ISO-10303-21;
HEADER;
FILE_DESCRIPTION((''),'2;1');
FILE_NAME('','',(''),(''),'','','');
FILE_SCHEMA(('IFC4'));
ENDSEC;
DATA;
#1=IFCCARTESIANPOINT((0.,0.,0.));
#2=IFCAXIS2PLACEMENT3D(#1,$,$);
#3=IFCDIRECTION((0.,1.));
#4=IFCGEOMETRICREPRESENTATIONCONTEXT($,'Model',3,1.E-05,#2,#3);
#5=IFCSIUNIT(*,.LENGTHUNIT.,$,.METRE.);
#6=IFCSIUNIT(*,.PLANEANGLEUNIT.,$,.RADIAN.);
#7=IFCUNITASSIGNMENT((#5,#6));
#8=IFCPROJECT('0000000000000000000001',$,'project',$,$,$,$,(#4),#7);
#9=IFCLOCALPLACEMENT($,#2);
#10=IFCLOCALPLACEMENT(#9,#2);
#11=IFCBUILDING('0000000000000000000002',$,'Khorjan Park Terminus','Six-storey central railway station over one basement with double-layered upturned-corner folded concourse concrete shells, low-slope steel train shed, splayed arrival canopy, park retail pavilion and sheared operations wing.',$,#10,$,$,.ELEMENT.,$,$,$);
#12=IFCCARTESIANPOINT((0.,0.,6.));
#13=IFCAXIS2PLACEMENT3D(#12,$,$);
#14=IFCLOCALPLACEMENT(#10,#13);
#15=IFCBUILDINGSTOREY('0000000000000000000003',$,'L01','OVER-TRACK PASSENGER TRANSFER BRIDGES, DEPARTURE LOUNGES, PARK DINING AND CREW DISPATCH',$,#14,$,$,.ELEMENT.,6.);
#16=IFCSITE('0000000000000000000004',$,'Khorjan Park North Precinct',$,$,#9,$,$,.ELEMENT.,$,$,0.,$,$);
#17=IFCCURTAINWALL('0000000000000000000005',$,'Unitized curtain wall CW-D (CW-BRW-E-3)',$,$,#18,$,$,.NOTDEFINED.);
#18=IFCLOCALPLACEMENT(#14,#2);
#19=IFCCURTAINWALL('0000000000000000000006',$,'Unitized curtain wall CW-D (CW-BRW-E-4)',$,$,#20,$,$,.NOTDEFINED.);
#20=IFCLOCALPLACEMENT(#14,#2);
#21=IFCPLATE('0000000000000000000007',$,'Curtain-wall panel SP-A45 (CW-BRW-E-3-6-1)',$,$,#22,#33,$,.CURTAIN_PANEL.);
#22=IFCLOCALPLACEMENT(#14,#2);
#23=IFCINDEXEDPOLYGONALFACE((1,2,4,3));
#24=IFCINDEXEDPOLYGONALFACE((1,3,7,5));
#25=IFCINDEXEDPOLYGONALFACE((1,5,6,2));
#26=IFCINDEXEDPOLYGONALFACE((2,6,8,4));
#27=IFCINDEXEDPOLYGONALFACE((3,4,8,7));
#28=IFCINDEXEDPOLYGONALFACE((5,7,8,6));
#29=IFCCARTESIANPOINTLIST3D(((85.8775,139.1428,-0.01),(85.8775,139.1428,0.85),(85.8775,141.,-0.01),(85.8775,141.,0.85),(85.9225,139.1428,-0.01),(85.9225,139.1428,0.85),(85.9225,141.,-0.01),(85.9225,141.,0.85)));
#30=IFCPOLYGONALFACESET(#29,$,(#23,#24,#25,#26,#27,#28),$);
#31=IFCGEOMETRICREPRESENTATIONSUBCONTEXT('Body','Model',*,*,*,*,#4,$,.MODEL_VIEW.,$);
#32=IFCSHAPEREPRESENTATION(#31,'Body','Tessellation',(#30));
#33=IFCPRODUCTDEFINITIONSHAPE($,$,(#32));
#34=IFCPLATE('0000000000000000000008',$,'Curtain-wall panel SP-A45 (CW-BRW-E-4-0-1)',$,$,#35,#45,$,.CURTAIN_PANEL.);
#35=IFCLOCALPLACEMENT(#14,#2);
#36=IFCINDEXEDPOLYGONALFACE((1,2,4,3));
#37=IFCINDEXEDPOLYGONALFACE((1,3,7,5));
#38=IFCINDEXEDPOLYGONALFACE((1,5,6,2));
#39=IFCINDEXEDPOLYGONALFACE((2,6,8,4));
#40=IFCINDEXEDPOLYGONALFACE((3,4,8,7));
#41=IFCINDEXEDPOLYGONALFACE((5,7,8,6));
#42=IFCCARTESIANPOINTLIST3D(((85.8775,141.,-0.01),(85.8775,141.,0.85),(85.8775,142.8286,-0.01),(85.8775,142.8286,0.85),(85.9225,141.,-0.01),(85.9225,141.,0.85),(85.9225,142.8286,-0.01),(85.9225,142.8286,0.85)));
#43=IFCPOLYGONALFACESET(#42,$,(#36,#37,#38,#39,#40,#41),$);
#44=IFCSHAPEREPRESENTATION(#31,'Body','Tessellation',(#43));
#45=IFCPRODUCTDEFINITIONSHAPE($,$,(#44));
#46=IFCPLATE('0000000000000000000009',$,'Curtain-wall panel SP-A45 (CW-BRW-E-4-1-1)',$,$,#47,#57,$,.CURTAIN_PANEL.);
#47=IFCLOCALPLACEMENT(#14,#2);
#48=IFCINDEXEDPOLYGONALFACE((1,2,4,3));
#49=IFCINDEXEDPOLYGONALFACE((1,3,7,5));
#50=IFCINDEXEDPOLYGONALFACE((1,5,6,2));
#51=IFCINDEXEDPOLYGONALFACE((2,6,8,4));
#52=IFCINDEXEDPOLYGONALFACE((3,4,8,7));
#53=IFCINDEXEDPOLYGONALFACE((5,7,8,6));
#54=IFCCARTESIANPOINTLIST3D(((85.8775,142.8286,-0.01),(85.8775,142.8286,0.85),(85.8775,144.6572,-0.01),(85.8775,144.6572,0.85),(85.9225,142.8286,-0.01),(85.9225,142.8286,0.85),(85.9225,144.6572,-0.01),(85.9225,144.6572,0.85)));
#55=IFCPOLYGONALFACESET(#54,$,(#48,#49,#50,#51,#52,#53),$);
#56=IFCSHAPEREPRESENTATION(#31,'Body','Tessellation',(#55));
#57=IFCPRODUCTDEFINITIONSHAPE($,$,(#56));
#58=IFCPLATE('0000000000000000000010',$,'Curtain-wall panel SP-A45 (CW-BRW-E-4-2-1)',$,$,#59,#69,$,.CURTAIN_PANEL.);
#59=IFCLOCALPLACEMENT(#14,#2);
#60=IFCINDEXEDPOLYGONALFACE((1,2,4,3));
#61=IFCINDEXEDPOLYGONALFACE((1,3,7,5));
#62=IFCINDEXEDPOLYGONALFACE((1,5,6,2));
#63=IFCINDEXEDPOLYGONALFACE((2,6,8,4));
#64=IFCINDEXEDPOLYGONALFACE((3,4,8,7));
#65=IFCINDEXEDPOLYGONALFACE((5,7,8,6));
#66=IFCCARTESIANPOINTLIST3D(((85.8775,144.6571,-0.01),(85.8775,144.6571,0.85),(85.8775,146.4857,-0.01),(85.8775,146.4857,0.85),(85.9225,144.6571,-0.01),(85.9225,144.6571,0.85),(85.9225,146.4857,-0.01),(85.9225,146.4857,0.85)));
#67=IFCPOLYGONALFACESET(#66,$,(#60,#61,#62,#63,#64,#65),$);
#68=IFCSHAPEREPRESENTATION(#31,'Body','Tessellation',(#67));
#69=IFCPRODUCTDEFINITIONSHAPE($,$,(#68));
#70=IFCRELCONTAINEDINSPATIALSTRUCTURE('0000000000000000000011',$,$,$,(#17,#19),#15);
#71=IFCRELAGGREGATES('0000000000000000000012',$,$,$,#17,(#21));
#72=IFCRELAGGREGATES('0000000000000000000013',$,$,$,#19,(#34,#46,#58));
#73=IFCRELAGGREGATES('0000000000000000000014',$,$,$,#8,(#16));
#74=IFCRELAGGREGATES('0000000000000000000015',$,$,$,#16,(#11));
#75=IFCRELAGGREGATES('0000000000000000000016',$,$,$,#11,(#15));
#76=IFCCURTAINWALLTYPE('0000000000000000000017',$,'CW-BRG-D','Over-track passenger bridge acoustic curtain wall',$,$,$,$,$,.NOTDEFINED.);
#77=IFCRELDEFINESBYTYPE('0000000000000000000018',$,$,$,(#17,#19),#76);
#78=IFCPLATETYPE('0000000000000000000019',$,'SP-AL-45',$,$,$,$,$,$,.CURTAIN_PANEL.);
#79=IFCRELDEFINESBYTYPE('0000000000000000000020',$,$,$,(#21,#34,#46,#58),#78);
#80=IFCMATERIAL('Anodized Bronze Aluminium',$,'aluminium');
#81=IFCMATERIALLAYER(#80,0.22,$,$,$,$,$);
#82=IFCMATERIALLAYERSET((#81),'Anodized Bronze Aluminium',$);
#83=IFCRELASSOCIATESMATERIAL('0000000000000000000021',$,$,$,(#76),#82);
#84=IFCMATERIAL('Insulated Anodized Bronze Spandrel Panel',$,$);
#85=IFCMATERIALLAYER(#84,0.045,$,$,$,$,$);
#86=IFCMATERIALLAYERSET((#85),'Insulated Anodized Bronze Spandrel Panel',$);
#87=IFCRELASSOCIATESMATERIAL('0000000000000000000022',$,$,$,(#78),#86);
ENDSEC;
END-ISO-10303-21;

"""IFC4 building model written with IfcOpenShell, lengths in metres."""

from ifc_helpers import new_model, si_unit, direction, frame, origin, origin_2d, place, context, subcontext, project, spatial, rectangle, extrude, material, layer, layer_set, type_object, element, aggregate, save


model = new_model("IFC4")

# Units and contexts
model_context = context("Model", 3, precision=1e-05, world=origin(), true_north=direction((0.0, 1.0)))
body_context = subcontext(model_context, "Body", "Model", "MODEL_VIEW")
ifc_project = project(units=[si_unit("LENGTHUNIT", "METRE"), si_unit("PLANEANGLEUNIT", "RADIAN")], contexts=[model_context])

# Site, building, storey
site_placement = place(None, origin())
site = spatial("IfcSite", under=ifc_project, at=site_placement, Name="Khorjan Park North Precinct", CompositionType="ELEMENT", RefElevation=0.0)
building_placement = place(site_placement, origin())
building = spatial("IfcBuilding", under=site, at=building_placement, Name="Khorjan Park Terminus", Description="Six-storey central railway station over one basement with double-layered upturned-corner folded concourse concrete shells, low-slope steel train shed, splayed arrival canopy, park retail pavilion and sheared operations wing.", CompositionType="ELEMENT")
storey_placement = place(building_placement, frame((0.0, 0.0, 6.0)))
storey = spatial("IfcBuildingStorey", under=building, at=storey_placement, Name="L01", Description="OVER-TRACK PASSENGER TRANSFER BRIDGES, DEPARTURE LOUNGES, PARK DINING AND CREW DISPATCH", CompositionType="ELEMENT", Elevation=6.0)

# Curtain walls
ifc_material_1 = material(Name="Anodized Bronze Aluminium", Category="aluminium")
ifc_layer_1 = layer(ifc_material_1, 0.22)
ifc_layer_set_1 = layer_set([ifc_layer_1], Name="Anodized Bronze Aluminium")
curtain_wall_type = type_object("IfcCurtainWallType", Name="CW-BRG-D", Description="Over-track passenger bridge acoustic curtain wall", PredefinedType="NOTDEFINED", material=ifc_layer_set_1)
curtain_wall_1_placement = place(storey_placement, origin())
curtain_wall_1 = element("IfcCurtainWall", 1, at=curtain_wall_1_placement, inside=storey, type_object=curtain_wall_type, Name="Unitized curtain wall CW-D (CW-BRW-E-3)", PredefinedType="NOTDEFINED")
curtain_wall_2_placement = place(storey_placement, origin())
curtain_wall_2 = element("IfcCurtainWall", 2, at=curtain_wall_2_placement, inside=storey, type_object=curtain_wall_type, Name="Unitized curtain wall CW-D (CW-BRW-E-4)", PredefinedType="NOTDEFINED")

# Plates
ifc_material_2 = material(Name="Insulated Anodized Bronze Spandrel Panel")
ifc_layer_2 = layer(ifc_material_2, 0.045)
ifc_layer_set_2 = layer_set([ifc_layer_2], Name="Insulated Anodized Bronze Spandrel Panel")
plate_type_1 = type_object("IfcPlateType", Name="SP-AL-45", PredefinedType="CURTAIN_PANEL", material=ifc_layer_set_2)
plate_1_placement = place(storey_placement, frame((85.9, 140.0714, -0.01), z_axis=(0.0, 0.0, 1.0), x_axis=(0.0, 1.0, 0.0)))
plate_1 = element("IfcPlate", 3, at=plate_1_placement, type_object=plate_type_1, Name="Curtain-wall panel SP-A45 (CW-BRW-E-3-6-1)", PredefinedType="CURTAIN_PANEL", context=body_context, shape_type="SweptSolid", body=[
    extrude(rectangle(XDim=1.8571, YDim=0.045, at=origin_2d()), origin(), (0.0, 0.0, 1.0), 0.86),
])
aggregate(curtain_wall_1, [plate_1])
plate_2_placement = place(storey_placement, frame((85.9, 141.9143, -0.01), z_axis=(0.0, 0.0, 1.0), x_axis=(0.0, 1.0, 0.0)))
plate_2 = element("IfcPlate", 4, at=plate_2_placement, type_object=plate_type_1, Name="Curtain-wall panel SP-A45 (CW-BRW-E-4-0-1)", PredefinedType="CURTAIN_PANEL", context=body_context, shape_type="SweptSolid", body=[
    extrude(rectangle(XDim=1.8286, YDim=0.045, at=origin_2d()), origin(), (0.0, 0.0, 1.0), 0.86),
])
plate_3_placement = place(storey_placement, frame((85.9, 143.7429, -0.01), z_axis=(0.0, 0.0, 1.0), x_axis=(0.0, 1.0, 0.0)))
plate_3 = element("IfcPlate", 5, at=plate_3_placement, type_object=plate_type_1, Name="Curtain-wall panel SP-A45 (CW-BRW-E-4-1-1)", PredefinedType="CURTAIN_PANEL", context=body_context, shape_type="SweptSolid", body=[
    extrude(rectangle(XDim=1.8286, YDim=0.045, at=origin_2d()), origin(), (0.0, 0.0, 1.0), 0.86),
])
plate_4_placement = place(storey_placement, frame((85.9, 145.5714, -0.01), z_axis=(0.0, 0.0, 1.0), x_axis=(0.0, 1.0, 0.0)))
plate_4 = element("IfcPlate", 6, at=plate_4_placement, type_object=plate_type_1, Name="Curtain-wall panel SP-A45 (CW-BRW-E-4-2-1)", PredefinedType="CURTAIN_PANEL", context=body_context, shape_type="SweptSolid", body=[
    extrude(rectangle(XDim=1.8286, YDim=0.045, at=origin_2d()), origin(), (0.0, 0.0, 1.0), 0.86),
])
aggregate(curtain_wall_2, [plate_2, plate_3, plate_4])

save(model, "model.ifc")
